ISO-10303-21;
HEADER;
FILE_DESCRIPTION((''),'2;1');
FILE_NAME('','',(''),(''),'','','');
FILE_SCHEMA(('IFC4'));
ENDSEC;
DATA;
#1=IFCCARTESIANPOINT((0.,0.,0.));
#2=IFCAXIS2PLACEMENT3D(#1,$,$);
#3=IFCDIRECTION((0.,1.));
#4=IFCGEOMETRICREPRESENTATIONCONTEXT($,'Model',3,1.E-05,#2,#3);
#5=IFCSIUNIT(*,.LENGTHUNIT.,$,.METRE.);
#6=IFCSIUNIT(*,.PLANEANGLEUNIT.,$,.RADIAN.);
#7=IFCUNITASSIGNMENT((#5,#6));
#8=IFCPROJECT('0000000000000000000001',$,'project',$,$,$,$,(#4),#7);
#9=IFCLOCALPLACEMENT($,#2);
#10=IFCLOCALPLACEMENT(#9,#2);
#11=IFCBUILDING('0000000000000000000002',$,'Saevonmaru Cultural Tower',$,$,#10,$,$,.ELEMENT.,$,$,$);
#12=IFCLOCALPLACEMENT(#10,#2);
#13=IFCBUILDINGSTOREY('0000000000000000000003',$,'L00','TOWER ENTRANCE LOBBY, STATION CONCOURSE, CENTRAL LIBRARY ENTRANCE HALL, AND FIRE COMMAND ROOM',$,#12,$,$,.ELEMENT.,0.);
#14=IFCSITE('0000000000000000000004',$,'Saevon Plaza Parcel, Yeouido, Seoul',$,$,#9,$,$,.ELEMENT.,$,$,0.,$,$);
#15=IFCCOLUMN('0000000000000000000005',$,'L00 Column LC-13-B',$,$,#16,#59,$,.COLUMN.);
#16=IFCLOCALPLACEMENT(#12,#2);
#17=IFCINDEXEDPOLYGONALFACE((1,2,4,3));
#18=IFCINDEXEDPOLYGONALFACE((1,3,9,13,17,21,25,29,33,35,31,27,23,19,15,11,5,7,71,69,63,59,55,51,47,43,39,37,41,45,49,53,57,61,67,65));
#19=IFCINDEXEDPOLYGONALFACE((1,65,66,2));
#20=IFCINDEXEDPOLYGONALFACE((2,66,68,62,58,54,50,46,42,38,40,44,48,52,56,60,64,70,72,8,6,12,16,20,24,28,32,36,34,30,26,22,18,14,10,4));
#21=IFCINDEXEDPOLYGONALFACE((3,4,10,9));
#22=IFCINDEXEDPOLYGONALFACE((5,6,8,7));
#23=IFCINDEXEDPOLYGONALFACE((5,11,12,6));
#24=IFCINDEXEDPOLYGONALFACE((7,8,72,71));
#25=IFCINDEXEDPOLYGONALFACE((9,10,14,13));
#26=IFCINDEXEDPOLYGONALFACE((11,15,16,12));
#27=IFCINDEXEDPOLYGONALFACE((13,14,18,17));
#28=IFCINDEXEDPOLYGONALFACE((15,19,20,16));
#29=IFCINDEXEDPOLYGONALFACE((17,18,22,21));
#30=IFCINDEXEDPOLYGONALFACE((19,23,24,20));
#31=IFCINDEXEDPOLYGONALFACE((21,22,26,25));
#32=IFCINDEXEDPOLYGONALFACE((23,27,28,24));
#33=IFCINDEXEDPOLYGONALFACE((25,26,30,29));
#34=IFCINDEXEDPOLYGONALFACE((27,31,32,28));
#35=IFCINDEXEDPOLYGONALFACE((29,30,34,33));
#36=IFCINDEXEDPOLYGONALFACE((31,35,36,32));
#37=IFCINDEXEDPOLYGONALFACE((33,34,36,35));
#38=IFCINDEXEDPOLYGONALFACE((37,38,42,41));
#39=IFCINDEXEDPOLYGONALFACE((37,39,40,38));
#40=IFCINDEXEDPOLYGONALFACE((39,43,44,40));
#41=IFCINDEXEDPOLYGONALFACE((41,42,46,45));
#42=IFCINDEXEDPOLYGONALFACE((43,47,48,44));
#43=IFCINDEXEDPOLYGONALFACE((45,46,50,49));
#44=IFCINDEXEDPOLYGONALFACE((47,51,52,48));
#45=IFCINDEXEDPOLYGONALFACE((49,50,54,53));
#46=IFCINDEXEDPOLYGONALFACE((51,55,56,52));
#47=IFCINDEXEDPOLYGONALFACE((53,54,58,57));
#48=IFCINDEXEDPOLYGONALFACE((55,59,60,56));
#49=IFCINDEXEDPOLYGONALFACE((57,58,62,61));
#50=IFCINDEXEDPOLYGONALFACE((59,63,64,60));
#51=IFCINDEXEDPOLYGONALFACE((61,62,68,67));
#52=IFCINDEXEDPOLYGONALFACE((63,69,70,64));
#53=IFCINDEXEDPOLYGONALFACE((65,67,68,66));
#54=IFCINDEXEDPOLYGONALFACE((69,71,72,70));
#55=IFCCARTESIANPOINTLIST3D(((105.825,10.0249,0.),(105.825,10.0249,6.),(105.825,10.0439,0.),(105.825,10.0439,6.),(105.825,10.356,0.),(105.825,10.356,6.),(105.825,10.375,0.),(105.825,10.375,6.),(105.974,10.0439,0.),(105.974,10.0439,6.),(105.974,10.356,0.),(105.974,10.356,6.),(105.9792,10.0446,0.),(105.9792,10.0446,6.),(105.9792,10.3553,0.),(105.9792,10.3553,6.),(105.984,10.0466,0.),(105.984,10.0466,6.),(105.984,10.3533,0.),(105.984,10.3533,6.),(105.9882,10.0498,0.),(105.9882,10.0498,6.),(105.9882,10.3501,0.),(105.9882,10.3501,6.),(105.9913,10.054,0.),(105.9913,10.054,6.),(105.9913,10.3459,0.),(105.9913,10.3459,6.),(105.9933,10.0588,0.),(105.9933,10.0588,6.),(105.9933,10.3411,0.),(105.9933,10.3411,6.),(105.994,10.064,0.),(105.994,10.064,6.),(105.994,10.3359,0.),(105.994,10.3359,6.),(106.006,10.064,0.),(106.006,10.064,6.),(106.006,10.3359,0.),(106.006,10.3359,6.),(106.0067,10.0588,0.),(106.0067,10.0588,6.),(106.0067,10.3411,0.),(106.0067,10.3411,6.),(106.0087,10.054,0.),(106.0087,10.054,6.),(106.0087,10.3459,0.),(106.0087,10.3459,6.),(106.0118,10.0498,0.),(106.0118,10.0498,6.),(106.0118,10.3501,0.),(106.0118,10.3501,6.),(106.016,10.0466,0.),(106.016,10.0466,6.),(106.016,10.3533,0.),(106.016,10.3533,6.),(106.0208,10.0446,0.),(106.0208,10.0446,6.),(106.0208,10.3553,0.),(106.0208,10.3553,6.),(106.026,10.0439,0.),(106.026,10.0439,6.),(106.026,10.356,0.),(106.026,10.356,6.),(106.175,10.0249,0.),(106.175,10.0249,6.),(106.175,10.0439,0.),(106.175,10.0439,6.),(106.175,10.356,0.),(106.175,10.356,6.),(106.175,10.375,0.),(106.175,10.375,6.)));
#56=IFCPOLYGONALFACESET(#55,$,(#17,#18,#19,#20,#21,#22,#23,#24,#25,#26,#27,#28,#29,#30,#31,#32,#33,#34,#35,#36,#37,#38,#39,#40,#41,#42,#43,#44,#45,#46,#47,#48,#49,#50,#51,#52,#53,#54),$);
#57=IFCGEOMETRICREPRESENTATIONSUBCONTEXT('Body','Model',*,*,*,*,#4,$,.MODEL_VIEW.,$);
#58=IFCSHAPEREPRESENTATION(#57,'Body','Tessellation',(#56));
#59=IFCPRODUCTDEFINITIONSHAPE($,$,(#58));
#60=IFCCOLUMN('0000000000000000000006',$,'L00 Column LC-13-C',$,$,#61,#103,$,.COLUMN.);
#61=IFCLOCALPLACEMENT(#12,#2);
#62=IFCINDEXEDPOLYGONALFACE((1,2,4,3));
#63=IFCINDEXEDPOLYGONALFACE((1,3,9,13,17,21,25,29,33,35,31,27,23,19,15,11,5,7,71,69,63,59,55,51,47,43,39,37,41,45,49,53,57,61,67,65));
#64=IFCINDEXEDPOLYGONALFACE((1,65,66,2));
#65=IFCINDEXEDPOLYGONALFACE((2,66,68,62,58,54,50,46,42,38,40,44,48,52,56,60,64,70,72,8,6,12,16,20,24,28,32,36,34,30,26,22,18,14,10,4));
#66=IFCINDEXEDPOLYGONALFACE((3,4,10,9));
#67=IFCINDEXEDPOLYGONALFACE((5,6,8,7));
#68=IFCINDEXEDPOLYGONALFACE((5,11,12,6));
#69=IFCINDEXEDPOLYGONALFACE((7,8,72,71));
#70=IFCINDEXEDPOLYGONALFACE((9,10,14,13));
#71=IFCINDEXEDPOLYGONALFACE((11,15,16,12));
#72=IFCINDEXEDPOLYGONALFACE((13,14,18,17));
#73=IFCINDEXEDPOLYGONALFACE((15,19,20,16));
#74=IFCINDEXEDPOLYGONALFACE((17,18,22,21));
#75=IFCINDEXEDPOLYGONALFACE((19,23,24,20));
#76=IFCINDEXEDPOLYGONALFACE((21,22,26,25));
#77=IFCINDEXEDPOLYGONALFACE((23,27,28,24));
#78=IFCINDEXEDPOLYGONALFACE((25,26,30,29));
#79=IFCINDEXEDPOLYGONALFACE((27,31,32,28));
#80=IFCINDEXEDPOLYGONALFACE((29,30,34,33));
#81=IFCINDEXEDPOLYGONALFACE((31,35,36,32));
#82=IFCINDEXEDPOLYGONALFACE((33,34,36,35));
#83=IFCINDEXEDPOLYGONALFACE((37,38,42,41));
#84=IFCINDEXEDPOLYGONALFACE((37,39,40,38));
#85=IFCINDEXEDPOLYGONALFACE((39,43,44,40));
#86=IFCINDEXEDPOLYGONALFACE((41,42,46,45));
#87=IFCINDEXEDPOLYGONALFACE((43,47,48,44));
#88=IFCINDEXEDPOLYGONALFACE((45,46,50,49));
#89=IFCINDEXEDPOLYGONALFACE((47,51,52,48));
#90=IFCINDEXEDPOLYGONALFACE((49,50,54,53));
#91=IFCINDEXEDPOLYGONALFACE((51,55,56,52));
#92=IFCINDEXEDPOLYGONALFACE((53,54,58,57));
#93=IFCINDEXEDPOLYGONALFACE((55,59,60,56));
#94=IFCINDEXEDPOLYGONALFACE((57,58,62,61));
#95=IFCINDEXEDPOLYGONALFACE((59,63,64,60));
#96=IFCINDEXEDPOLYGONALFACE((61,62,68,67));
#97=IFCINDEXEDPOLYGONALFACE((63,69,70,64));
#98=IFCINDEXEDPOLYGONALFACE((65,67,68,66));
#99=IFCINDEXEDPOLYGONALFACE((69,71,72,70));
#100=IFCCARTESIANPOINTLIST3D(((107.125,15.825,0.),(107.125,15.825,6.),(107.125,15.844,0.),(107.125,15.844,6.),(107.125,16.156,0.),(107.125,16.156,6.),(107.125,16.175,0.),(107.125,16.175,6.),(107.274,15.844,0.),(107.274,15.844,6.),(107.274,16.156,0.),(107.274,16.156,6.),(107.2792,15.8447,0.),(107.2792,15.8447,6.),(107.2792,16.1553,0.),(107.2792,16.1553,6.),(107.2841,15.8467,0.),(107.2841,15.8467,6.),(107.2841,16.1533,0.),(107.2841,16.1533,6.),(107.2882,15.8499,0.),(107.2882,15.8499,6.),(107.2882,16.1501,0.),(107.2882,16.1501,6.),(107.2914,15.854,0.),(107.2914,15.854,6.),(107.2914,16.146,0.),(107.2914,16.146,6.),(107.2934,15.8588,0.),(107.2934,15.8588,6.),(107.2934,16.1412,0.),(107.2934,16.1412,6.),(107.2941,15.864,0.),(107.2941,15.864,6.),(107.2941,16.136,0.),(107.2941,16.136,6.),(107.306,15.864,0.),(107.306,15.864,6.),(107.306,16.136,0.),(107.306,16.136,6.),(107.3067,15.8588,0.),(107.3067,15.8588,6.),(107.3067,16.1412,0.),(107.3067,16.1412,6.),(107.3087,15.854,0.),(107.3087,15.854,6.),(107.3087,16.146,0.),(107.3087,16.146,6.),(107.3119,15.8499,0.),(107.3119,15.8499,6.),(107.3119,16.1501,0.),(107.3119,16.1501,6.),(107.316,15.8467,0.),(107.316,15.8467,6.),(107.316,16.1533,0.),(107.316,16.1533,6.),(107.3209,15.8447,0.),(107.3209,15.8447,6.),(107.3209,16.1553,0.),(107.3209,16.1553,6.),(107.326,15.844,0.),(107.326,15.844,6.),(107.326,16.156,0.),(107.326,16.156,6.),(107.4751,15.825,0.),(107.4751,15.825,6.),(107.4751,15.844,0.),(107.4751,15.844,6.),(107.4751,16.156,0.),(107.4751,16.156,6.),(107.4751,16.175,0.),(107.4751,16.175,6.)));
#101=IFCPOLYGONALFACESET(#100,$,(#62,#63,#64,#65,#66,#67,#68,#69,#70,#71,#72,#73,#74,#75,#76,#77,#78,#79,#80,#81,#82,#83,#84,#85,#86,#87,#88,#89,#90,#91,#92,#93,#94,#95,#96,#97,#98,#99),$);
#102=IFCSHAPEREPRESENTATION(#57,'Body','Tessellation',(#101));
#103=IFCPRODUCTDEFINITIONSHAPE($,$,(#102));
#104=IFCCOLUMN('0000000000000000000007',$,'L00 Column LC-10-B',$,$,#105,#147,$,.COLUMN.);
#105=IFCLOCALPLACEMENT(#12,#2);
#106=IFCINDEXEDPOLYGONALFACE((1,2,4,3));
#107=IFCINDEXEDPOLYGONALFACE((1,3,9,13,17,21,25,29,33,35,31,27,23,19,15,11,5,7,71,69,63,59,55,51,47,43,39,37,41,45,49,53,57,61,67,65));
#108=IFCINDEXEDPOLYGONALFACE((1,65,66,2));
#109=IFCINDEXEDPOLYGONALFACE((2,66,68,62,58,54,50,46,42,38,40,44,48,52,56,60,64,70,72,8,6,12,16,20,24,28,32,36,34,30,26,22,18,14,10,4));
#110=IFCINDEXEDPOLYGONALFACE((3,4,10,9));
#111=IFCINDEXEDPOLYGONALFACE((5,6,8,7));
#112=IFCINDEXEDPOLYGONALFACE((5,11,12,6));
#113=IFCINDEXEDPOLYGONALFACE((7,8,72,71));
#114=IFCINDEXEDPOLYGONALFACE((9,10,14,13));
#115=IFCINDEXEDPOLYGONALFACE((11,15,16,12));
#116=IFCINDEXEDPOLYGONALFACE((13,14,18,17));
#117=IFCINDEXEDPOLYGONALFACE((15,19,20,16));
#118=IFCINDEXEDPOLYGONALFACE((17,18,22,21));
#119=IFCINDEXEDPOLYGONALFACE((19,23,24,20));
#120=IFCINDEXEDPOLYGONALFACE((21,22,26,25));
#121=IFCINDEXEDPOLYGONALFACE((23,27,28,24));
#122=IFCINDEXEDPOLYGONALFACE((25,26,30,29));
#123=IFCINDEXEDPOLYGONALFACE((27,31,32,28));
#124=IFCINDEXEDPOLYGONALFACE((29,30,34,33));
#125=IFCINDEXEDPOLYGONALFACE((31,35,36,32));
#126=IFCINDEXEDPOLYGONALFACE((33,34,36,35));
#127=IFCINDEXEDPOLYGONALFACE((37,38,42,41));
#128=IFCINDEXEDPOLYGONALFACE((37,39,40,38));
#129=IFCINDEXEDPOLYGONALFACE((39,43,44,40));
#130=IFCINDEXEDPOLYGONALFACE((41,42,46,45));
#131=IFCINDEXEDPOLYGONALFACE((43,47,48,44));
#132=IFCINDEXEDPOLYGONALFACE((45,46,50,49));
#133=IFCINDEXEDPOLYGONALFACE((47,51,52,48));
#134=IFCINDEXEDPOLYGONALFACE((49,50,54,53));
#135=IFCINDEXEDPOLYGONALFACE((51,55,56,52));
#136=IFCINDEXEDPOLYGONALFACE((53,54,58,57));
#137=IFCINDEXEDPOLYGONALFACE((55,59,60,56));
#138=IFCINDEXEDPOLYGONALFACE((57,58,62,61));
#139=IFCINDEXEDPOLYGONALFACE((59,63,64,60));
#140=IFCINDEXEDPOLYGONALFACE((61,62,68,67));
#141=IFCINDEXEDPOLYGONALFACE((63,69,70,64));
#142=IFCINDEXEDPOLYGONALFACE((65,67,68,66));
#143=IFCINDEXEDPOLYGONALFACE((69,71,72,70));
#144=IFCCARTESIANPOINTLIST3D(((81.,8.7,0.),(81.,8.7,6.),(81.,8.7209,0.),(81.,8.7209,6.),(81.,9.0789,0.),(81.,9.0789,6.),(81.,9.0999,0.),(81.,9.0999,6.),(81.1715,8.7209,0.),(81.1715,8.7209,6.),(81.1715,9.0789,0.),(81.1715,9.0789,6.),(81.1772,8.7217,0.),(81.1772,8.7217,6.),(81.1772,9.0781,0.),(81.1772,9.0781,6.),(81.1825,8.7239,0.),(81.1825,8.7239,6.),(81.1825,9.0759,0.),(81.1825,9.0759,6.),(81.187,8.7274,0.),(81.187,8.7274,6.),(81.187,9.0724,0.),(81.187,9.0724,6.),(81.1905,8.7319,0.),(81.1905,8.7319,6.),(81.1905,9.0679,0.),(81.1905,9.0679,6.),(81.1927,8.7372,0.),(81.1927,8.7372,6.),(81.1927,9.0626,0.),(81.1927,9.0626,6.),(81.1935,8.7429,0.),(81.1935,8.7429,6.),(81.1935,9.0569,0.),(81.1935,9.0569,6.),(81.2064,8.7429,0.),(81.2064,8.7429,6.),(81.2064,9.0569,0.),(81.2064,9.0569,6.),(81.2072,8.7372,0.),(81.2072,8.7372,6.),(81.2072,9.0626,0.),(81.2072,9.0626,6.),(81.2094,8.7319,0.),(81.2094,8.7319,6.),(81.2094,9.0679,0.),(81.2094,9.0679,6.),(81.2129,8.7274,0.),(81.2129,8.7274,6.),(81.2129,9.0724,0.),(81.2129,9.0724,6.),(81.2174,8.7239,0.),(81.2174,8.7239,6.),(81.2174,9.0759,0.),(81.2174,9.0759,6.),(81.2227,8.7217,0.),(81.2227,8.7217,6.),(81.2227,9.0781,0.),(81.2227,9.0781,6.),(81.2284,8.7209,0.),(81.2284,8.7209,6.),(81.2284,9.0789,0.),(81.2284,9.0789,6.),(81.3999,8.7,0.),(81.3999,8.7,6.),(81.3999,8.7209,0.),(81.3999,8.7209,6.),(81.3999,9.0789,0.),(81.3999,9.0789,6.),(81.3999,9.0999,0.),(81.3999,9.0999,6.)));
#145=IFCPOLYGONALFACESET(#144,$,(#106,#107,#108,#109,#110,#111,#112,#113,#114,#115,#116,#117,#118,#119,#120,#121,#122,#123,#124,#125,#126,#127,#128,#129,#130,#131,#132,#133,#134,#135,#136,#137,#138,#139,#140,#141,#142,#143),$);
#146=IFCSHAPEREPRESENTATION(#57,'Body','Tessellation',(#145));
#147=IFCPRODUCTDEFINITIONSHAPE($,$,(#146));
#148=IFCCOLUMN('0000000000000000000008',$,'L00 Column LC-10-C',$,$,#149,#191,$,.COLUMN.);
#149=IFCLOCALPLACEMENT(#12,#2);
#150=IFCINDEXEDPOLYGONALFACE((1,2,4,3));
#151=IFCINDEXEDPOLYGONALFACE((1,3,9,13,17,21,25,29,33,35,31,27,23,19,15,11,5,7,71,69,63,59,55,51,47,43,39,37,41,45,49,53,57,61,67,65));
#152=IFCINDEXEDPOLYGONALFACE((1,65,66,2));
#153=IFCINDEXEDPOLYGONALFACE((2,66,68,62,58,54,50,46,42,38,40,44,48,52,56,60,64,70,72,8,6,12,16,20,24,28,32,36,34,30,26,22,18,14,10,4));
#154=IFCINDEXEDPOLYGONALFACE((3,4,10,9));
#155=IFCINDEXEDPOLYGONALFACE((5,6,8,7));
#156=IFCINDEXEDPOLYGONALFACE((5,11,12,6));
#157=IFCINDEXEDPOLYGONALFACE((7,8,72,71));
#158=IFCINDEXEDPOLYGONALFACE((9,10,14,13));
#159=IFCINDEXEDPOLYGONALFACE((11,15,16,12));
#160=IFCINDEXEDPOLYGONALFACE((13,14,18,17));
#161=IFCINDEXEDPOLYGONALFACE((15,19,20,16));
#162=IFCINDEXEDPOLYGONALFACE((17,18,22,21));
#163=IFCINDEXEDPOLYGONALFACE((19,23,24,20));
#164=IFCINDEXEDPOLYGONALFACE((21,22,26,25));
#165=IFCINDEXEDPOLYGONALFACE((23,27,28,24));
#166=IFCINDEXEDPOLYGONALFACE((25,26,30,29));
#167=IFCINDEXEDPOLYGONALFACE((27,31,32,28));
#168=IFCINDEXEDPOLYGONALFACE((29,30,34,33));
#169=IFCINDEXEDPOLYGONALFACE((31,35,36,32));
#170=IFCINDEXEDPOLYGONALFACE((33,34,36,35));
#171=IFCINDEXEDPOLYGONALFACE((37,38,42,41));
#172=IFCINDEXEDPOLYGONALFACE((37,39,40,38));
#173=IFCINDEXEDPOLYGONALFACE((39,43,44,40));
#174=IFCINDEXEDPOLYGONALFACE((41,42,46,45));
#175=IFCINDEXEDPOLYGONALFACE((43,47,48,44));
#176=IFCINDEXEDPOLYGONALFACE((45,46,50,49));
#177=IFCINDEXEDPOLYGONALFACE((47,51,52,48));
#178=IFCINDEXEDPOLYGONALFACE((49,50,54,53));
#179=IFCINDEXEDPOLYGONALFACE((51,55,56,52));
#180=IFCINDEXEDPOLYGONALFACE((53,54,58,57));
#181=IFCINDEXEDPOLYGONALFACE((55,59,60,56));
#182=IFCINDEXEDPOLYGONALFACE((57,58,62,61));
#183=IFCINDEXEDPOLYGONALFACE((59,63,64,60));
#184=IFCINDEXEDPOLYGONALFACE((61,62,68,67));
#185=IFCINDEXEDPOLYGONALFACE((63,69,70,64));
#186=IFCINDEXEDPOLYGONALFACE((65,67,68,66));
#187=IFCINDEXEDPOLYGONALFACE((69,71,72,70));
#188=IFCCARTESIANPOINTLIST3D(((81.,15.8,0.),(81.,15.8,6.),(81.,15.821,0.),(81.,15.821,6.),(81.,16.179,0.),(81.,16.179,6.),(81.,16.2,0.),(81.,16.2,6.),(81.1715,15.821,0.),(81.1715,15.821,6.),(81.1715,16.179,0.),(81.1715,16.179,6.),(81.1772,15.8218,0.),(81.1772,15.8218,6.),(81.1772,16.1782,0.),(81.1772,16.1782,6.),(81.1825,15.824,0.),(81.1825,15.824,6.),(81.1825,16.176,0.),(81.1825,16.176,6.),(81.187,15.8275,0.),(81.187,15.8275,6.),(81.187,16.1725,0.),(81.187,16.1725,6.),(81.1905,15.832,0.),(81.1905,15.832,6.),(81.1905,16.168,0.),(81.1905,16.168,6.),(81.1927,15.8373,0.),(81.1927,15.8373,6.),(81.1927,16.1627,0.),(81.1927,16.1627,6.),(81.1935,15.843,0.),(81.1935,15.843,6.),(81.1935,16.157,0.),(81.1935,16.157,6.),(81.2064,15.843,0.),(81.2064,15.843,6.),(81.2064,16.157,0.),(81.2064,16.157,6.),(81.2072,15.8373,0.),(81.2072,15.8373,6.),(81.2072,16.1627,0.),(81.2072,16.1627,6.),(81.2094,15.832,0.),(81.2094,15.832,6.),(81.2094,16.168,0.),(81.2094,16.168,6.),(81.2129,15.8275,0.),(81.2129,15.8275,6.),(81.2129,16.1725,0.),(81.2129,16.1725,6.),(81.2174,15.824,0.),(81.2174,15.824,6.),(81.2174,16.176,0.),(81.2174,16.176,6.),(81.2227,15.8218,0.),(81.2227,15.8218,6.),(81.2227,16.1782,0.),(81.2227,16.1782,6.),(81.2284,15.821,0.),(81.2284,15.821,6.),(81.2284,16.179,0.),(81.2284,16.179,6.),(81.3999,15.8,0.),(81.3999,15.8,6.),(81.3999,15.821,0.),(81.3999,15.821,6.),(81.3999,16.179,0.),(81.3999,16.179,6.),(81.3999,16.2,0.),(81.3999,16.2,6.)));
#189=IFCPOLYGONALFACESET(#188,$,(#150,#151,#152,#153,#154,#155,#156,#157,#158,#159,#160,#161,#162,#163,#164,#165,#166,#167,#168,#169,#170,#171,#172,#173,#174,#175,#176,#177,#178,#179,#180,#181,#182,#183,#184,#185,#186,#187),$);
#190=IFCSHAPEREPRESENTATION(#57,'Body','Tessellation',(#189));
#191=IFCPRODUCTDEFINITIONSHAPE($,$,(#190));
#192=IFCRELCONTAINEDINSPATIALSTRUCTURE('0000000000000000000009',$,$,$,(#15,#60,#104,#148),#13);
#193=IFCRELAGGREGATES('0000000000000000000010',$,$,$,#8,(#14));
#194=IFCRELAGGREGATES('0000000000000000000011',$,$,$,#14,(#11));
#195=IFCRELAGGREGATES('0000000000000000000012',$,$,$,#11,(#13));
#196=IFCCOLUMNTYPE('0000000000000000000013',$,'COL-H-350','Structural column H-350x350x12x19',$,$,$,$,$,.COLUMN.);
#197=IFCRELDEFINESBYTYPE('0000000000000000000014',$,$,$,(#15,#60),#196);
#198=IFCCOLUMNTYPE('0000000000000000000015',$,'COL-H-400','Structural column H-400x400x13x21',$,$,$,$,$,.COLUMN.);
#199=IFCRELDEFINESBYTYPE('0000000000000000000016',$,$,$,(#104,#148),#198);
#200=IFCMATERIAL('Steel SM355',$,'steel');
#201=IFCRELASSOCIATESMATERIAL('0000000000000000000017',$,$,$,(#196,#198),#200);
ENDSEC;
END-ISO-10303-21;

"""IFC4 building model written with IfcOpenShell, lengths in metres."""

from ifc_helpers import new_model, si_unit, direction, frame, origin, origin_2d, place, context, subcontext, project, spatial, i_section, extrude, material, material_profile, profile_set, type_object, element, save


model = new_model("IFC4")

# Units and contexts
model_context = context("Model", 3, precision=1e-05, world=origin(), true_north=direction((0.0, 1.0)))
body_context = subcontext(model_context, "Body", "Model", "MODEL_VIEW")
ifc_project = project(units=[si_unit("LENGTHUNIT", "METRE"), si_unit("PLANEANGLEUNIT", "RADIAN")], contexts=[model_context])

# Site, building, storey
site_placement = place(None, origin())
site = spatial("IfcSite", under=ifc_project, at=site_placement, Name="Saevon Plaza Parcel, Yeouido, Seoul", CompositionType="ELEMENT", RefElevation=0.0)
building_placement = place(site_placement, origin())
building = spatial("IfcBuilding", under=site, at=building_placement, Name="Saevonmaru Cultural Tower", CompositionType="ELEMENT")
storey_placement = place(building_placement, origin())
storey = spatial("IfcBuildingStorey", under=building, at=storey_placement, Name="L00", Description="TOWER ENTRANCE LOBBY, STATION CONCOURSE, CENTRAL LIBRARY ENTRANCE HALL, AND FIRE COMMAND ROOM", CompositionType="ELEMENT", Elevation=0.0)

# Columns
ifc_material_1 = material(Name="Steel SM355", Category="steel")
ifc_material_profile_1 = material_profile(ifc_material_1, i_section(OverallWidth=0.3501, OverallDepth=0.3501, WebThickness=0.012, FlangeThickness=0.019, FilletRadius=0.02, at=origin_2d()), Name="H-350x350x12x19")
ifc_profile_set_1 = profile_set([ifc_material_profile_1], Name="Steel SM355")
column_type_1 = type_object("IfcColumnType", Name="COL-H-350", Description="Structural column H-350x350x12x19", PredefinedType="COLUMN", material=ifc_profile_set_1)
for number, where, z_axis, x_axis, name in (
    (1, (106.0, 10.2, 0.0), (0.0, 0.0, 1.0), (1.0, 0.0, 0.0), "L00 Column LC-13-B"),
    (2, (107.3, 16.0, 0.0), (0.0, 0.0, 1.0), (1.0, 0.0, 0.0), "L00 Column LC-13-C"),
):
    element("IfcColumn", number, at=place(storey_placement, frame(where, z_axis=z_axis, x_axis=x_axis)), inside=storey, type_object=column_type_1, Name=name, PredefinedType="COLUMN", context=body_context, shape_type="SweptSolid", body=[
        extrude(i_section(OverallWidth=0.3501, OverallDepth=0.3501, WebThickness=0.012, FlangeThickness=0.019, FilletRadius=0.02, at=origin_2d()), origin(), (0.0, 0.0, 1.0), 6.0),
    ])
ifc_material_profile_2 = material_profile(ifc_material_1, i_section(OverallWidth=0.3999, OverallDepth=0.3999, WebThickness=0.0129, FlangeThickness=0.021, FilletRadius=0.022, at=origin_2d()), Name="H-400x400x13x21")
ifc_profile_set_2 = profile_set([ifc_material_profile_2], Name="Steel SM355")
column_type_2 = type_object("IfcColumnType", Name="COL-H-400", Description="Structural column H-400x400x13x21", PredefinedType="COLUMN", material=ifc_profile_set_2)
for number, where, z_axis, x_axis, name in (
    (3, (81.2, 8.8999, 0.0), (0.0, 0.0, 1.0), (1.0, 0.0, 0.0), "L00 Column LC-10-B"),
    (4, (81.2, 16.0, 0.0), (0.0, 0.0, 1.0), (1.0, 0.0, 0.0), "L00 Column LC-10-C"),
):
    element("IfcColumn", number, at=place(storey_placement, frame(where, z_axis=z_axis, x_axis=x_axis)), inside=storey, type_object=column_type_2, Name=name, PredefinedType="COLUMN", context=body_context, shape_type="SweptSolid", body=[
        extrude(i_section(OverallWidth=0.3999, OverallDepth=0.3999, WebThickness=0.0129, FlangeThickness=0.021, FilletRadius=0.022, at=origin_2d()), origin(), (0.0, 0.0, 1.0), 6.0),
    ])

save(model, "model.ifc")
